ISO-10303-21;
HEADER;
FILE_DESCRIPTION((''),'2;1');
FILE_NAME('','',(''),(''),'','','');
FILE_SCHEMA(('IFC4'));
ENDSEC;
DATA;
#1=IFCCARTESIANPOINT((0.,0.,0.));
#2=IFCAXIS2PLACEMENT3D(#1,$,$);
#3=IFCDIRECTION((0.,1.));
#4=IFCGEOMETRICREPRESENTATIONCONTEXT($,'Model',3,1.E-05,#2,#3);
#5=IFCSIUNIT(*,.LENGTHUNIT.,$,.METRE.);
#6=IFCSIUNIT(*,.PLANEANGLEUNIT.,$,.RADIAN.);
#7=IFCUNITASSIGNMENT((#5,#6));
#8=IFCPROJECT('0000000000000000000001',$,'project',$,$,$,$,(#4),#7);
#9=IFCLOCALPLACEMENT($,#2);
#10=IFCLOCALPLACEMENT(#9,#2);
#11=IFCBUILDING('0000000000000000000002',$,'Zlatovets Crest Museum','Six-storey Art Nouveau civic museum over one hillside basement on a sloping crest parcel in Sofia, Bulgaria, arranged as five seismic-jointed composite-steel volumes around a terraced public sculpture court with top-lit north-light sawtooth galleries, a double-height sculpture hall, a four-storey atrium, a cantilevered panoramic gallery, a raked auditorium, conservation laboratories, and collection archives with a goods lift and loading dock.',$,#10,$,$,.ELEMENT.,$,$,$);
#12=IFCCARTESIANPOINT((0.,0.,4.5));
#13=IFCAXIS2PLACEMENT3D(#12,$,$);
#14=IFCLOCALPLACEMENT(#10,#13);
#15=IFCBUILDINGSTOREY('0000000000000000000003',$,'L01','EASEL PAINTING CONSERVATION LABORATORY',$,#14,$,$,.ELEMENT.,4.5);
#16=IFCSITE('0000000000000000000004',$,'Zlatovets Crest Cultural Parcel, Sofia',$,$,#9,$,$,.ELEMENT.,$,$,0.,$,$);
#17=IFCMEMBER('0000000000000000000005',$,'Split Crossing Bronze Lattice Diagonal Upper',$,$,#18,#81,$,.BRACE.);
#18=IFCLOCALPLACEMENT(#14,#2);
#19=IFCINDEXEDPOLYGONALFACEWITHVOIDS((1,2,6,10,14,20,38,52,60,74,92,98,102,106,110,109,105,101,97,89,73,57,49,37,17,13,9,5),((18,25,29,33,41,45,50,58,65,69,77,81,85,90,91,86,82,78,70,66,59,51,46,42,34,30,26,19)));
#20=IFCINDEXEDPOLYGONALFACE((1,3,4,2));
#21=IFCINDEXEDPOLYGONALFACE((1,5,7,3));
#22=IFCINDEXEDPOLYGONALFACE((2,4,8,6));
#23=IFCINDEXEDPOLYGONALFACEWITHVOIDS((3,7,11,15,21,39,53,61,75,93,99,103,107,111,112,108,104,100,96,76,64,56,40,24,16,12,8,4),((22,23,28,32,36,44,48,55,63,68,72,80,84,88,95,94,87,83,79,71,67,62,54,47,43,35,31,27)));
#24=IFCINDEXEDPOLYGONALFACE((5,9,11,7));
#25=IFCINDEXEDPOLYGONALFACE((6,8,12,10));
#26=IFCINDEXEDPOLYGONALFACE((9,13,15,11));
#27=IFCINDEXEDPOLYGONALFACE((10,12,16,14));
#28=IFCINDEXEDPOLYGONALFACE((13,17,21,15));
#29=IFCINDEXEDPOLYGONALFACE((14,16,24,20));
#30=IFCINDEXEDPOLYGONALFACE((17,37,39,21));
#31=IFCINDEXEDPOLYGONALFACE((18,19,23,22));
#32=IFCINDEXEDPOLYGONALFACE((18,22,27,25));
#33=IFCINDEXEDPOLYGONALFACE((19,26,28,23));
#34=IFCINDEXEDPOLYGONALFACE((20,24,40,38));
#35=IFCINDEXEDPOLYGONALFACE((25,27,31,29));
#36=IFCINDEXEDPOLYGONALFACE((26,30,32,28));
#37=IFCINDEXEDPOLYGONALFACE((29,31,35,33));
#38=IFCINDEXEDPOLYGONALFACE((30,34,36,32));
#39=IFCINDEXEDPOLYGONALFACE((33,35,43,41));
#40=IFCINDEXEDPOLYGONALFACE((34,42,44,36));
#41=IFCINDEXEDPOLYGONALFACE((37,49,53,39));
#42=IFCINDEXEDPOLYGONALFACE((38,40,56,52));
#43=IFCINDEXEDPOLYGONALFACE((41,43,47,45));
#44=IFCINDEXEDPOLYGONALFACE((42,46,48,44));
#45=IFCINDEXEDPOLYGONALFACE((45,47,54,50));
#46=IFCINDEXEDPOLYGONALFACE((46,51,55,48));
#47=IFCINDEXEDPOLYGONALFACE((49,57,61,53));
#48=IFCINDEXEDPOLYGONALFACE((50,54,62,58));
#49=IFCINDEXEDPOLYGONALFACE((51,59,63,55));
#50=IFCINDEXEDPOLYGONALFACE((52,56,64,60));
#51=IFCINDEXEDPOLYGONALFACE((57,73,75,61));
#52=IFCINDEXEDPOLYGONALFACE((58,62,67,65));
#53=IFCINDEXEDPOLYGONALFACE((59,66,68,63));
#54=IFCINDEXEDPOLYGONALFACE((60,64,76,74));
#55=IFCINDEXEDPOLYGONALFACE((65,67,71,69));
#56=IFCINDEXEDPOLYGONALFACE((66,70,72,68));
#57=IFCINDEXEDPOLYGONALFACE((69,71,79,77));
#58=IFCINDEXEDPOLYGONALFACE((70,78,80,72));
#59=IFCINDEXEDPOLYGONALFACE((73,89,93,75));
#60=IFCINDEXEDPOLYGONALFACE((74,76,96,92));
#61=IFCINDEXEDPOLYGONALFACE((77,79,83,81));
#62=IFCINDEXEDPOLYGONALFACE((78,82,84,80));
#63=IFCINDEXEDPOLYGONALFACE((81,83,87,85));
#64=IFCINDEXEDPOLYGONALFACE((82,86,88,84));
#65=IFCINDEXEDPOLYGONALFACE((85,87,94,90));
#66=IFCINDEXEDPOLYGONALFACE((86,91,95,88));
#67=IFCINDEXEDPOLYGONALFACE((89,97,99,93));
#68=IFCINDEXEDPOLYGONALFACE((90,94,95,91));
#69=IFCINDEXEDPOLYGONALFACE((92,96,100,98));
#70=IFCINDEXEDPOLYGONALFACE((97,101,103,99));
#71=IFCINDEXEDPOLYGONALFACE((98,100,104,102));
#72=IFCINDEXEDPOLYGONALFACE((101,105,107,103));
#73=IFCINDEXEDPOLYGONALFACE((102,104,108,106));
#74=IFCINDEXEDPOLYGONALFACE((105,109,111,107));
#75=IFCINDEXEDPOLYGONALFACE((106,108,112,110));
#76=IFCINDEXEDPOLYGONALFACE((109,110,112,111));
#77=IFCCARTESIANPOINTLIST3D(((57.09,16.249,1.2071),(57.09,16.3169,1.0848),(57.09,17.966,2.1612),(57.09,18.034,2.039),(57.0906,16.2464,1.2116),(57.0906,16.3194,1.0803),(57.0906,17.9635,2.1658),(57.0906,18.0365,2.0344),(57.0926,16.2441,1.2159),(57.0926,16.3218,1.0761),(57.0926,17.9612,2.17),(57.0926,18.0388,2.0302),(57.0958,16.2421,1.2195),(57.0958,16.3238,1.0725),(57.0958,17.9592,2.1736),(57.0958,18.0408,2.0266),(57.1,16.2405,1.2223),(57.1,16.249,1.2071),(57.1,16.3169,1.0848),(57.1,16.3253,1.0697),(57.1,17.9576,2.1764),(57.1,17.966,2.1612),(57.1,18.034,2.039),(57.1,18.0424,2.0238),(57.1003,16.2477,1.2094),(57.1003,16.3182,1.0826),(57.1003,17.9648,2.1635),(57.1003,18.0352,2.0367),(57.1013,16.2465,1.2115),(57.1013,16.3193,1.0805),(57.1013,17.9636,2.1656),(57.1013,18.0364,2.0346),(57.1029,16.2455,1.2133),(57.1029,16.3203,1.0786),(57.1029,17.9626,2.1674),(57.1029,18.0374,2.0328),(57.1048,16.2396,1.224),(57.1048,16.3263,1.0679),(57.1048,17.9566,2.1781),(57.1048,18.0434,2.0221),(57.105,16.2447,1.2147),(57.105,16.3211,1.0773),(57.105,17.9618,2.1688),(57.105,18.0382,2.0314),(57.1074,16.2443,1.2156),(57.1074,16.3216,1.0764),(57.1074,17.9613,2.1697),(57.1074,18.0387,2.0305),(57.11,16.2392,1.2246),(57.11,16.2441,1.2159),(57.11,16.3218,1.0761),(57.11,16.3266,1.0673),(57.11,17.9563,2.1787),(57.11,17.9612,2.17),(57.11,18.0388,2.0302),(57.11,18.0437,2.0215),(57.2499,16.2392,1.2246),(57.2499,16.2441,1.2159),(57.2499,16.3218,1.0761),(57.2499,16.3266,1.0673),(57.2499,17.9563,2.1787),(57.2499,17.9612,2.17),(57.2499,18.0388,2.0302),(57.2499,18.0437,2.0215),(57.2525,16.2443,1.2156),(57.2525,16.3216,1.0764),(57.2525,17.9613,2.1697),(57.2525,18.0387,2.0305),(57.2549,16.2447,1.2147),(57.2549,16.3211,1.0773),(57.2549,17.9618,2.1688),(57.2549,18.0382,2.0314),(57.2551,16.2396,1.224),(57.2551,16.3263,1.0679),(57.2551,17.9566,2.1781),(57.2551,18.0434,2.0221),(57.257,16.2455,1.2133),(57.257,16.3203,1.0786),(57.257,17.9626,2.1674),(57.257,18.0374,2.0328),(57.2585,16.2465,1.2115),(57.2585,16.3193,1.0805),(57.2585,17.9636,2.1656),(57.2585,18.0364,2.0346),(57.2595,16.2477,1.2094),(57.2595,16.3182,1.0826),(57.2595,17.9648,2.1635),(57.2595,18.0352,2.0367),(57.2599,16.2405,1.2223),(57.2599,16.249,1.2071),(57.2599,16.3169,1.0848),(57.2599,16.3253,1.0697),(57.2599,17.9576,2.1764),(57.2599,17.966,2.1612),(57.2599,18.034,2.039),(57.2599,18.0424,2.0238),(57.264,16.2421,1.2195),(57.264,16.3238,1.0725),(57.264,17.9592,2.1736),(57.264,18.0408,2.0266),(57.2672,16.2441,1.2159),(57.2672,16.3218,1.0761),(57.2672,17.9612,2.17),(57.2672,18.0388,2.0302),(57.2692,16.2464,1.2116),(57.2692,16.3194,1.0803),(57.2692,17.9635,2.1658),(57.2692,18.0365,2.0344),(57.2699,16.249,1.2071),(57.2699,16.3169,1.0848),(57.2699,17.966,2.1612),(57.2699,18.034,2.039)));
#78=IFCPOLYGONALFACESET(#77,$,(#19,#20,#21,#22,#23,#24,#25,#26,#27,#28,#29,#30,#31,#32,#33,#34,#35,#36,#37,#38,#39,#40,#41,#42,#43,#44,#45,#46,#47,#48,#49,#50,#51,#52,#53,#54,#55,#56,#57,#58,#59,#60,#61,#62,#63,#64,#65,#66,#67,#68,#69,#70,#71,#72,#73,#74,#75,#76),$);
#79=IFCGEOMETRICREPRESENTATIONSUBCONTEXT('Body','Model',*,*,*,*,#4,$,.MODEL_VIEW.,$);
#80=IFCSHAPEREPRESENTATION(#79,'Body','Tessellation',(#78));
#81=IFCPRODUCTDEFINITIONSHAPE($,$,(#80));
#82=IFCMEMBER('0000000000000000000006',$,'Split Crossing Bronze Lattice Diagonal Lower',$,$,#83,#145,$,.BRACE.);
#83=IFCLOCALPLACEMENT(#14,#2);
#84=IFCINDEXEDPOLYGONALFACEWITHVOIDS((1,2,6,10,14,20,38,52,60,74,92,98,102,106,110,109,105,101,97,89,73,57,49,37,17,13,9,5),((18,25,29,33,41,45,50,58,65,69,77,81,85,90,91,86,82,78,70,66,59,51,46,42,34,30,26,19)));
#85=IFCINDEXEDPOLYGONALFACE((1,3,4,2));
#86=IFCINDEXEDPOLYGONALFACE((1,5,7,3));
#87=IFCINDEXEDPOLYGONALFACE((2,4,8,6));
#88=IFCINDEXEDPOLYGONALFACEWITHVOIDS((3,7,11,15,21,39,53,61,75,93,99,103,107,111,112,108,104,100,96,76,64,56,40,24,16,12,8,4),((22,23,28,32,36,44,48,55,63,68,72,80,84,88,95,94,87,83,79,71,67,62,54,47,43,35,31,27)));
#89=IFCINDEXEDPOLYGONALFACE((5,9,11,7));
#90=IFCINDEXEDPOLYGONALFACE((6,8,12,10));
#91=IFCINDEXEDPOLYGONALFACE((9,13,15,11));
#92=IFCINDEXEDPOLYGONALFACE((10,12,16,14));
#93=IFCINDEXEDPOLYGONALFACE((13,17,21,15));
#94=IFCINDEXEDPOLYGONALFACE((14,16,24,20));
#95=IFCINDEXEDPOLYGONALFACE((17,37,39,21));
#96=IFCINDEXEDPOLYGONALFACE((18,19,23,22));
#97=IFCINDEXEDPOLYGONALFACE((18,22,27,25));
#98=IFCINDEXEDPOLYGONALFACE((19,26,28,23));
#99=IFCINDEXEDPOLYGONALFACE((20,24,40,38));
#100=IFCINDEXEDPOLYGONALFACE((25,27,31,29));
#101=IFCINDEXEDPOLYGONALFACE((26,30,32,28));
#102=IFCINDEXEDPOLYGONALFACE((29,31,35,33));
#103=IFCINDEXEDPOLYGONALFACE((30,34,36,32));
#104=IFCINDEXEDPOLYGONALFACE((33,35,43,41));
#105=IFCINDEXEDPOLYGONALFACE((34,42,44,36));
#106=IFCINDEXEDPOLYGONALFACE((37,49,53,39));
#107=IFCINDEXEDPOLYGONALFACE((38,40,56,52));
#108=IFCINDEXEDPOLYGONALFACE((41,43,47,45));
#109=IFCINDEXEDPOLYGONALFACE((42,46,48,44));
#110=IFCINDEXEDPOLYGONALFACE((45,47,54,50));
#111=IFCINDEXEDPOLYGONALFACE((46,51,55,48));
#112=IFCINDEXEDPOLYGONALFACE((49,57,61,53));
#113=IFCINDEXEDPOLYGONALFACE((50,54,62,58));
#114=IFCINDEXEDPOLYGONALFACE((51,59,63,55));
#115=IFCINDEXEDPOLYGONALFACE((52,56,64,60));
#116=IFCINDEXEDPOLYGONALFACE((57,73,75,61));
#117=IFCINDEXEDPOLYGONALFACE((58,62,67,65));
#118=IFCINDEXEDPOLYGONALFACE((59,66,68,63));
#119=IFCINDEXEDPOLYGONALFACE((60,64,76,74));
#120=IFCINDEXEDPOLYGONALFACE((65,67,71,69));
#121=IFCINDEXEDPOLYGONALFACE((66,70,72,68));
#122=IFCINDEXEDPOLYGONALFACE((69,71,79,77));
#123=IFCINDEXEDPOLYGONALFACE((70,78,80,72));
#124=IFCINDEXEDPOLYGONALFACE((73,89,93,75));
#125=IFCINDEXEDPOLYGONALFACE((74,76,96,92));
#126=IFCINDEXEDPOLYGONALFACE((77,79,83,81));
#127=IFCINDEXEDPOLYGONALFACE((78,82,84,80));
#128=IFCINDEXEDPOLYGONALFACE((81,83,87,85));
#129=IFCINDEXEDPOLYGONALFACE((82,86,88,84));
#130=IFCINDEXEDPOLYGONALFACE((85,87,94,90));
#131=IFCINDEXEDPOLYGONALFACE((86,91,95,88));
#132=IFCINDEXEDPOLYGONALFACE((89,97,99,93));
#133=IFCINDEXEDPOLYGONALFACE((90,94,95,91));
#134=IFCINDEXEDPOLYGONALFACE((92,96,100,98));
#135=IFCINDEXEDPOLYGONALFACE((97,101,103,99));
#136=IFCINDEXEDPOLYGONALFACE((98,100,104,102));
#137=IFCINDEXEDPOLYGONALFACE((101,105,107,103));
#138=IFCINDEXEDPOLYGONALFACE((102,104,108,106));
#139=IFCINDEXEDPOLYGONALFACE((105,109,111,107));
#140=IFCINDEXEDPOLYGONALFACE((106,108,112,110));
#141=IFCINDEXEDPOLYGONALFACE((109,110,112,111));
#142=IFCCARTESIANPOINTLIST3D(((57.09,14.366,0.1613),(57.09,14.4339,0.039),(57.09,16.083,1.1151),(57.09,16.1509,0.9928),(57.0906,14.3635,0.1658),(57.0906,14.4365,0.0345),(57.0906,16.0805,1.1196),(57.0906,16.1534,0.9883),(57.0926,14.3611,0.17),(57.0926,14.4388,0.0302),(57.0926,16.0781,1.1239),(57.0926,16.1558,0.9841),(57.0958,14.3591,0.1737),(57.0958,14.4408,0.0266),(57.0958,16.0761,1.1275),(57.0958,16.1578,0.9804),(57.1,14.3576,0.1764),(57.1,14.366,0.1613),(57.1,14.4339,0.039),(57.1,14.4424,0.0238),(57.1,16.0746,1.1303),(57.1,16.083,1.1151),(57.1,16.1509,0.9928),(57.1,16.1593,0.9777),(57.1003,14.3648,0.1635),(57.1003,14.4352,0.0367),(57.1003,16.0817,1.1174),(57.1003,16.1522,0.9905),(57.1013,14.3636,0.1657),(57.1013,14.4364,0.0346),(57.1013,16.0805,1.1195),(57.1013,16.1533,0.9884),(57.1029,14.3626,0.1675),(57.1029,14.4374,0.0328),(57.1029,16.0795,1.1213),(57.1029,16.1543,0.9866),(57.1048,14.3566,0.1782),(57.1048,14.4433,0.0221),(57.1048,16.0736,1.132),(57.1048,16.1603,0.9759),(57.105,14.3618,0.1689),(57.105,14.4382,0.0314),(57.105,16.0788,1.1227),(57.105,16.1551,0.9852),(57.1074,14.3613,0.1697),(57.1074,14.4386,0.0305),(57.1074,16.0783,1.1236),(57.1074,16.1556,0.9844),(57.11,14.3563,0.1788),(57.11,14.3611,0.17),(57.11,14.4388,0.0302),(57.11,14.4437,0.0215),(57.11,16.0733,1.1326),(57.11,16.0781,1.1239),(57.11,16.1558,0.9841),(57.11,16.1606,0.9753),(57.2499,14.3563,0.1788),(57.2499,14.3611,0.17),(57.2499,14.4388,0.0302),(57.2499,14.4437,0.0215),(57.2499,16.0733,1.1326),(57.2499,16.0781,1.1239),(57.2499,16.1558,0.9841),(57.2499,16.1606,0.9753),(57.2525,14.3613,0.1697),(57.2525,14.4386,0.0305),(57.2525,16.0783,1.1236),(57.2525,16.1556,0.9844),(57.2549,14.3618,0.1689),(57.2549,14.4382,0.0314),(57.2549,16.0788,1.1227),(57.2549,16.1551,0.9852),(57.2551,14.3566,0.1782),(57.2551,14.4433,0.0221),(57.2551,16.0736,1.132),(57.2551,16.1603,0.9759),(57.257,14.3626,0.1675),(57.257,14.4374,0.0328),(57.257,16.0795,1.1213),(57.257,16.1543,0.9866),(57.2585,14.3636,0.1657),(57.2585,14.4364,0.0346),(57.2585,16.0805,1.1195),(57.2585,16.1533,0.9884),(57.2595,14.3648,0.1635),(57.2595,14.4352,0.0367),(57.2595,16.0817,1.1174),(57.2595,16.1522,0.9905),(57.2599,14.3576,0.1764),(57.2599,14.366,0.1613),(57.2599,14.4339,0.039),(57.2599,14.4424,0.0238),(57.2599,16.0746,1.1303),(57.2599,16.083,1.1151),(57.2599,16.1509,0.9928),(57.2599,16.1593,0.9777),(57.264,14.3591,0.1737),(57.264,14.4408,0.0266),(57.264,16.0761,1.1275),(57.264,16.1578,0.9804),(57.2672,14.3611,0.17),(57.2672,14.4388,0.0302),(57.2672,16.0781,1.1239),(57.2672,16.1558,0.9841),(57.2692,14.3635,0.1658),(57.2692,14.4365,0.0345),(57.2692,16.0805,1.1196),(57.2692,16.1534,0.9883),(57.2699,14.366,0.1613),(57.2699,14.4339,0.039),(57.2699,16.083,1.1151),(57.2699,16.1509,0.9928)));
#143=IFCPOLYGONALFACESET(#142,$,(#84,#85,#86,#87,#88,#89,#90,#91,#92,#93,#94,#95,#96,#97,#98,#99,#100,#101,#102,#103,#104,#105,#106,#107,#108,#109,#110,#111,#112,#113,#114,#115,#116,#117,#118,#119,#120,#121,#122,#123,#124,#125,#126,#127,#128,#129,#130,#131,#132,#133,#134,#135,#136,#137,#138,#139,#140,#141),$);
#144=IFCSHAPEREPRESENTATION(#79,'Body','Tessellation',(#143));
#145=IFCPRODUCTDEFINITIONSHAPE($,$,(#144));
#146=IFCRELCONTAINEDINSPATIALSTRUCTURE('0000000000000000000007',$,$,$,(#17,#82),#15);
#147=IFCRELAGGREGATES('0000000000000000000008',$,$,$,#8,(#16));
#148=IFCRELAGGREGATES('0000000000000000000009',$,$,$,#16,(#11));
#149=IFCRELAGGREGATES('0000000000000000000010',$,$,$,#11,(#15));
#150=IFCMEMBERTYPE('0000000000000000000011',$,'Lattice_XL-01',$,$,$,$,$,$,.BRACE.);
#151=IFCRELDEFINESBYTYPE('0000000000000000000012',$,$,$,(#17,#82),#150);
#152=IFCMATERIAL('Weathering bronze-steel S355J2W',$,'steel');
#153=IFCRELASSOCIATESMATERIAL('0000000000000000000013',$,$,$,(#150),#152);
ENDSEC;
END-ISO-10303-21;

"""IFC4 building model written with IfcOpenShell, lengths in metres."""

from ifc_helpers import new_model, si_unit, direction, frame, origin, origin_2d, place, context, subcontext, project, spatial, hollow_rectangle, extrude, material, material_profile, profile_set, type_object, element, save


model = new_model("IFC4")

# Units and contexts
model_context = context("Model", 3, precision=1e-05, world=origin(), true_north=direction((0.0, 1.0)))
body_context = subcontext(model_context, "Body", "Model", "MODEL_VIEW")
ifc_project = project(units=[si_unit("LENGTHUNIT", "METRE"), si_unit("PLANEANGLEUNIT", "RADIAN")], contexts=[model_context])

# Site, building, storey
site_placement = place(None, origin())
site = spatial("IfcSite", under=ifc_project, at=site_placement, Name="Zlatovets Crest Cultural Parcel, Sofia", CompositionType="ELEMENT", RefElevation=0.0)
building_placement = place(site_placement, origin())
building = spatial("IfcBuilding", under=site, at=building_placement, Name="Zlatovets Crest Museum", Description="Six-storey Art Nouveau civic museum over one hillside basement on a sloping crest parcel in Sofia, Bulgaria, arranged as five seismic-jointed composite-steel volumes around a terraced public sculpture court with top-lit north-light sawtooth galleries, a double-height sculpture hall, a four-storey atrium, a cantilevered panoramic gallery, a raked auditorium, conservation laboratories, and collection archives with a goods lift and loading dock.", CompositionType="ELEMENT")
storey_placement = place(building_placement, frame((0.0, 0.0, 4.5)))
storey = spatial("IfcBuildingStorey", under=building, at=storey_placement, Name="L01", Description="EASEL PAINTING CONSERVATION LABORATORY", CompositionType="ELEMENT", Elevation=4.5)

# Members
ifc_material_1 = material(Name="Weathering bronze-steel S355J2W", Category="steel")
ifc_material_profile_1 = material_profile(ifc_material_1, hollow_rectangle(XDim=0.1799, YDim=0.1799, WallThickness=0.01, InnerFilletRadius=0.01, OuterFilletRadius=0.02, at=origin_2d()), Name="SHS 180x180x10.0")
ifc_profile_set_1 = profile_set([ifc_material_profile_1], Name="Weathering bronze-steel S355J2W")
member_type_1 = type_object("IfcMemberType", Name="Lattice_XL-01", PredefinedType="BRACE", material=ifc_profile_set_1)
member_1_placement = place(storey_placement, frame((57.1799, 18.0, 2.1001), z_axis=(0.0, -0.874116, -0.485717), x_axis=(1.0, 0.0, 0.0)))
element("IfcMember", 1, at=member_1_placement, inside=storey, type_object=member_type_1, Name="Split Crossing Bronze Lattice Diagonal Upper", PredefinedType="BRACE", context=body_context, shape_type="SweptSolid", body=[
    extrude(hollow_rectangle(XDim=0.1799, YDim=0.1799, WallThickness=0.01, InnerFilletRadius=0.01, OuterFilletRadius=0.02, at=origin_2d()), origin(), (0.0, 0.0, 1.0), 1.9644),
])
for number, where, z_axis, x_axis, name in (
    (2, (57.1799, 16.1169, 1.054), (0.0, -0.874169, -0.485622), (1.0, 0.0, 0.0), "Split Crossing Bronze Lattice Diagonal Lower"),
):
    element("IfcMember", number, at=place(storey_placement, frame(where, z_axis=z_axis, x_axis=x_axis)), inside=storey, type_object=member_type_1, Name=name, PredefinedType="BRACE", context=body_context, shape_type="SweptSolid", body=[
        extrude(hollow_rectangle(XDim=0.1799, YDim=0.1799, WallThickness=0.01, InnerFilletRadius=0.01, OuterFilletRadius=0.02, at=origin_2d()), origin(), (0.0, 0.0, 1.0), 1.9641),
    ])

save(model, "model.ifc")
